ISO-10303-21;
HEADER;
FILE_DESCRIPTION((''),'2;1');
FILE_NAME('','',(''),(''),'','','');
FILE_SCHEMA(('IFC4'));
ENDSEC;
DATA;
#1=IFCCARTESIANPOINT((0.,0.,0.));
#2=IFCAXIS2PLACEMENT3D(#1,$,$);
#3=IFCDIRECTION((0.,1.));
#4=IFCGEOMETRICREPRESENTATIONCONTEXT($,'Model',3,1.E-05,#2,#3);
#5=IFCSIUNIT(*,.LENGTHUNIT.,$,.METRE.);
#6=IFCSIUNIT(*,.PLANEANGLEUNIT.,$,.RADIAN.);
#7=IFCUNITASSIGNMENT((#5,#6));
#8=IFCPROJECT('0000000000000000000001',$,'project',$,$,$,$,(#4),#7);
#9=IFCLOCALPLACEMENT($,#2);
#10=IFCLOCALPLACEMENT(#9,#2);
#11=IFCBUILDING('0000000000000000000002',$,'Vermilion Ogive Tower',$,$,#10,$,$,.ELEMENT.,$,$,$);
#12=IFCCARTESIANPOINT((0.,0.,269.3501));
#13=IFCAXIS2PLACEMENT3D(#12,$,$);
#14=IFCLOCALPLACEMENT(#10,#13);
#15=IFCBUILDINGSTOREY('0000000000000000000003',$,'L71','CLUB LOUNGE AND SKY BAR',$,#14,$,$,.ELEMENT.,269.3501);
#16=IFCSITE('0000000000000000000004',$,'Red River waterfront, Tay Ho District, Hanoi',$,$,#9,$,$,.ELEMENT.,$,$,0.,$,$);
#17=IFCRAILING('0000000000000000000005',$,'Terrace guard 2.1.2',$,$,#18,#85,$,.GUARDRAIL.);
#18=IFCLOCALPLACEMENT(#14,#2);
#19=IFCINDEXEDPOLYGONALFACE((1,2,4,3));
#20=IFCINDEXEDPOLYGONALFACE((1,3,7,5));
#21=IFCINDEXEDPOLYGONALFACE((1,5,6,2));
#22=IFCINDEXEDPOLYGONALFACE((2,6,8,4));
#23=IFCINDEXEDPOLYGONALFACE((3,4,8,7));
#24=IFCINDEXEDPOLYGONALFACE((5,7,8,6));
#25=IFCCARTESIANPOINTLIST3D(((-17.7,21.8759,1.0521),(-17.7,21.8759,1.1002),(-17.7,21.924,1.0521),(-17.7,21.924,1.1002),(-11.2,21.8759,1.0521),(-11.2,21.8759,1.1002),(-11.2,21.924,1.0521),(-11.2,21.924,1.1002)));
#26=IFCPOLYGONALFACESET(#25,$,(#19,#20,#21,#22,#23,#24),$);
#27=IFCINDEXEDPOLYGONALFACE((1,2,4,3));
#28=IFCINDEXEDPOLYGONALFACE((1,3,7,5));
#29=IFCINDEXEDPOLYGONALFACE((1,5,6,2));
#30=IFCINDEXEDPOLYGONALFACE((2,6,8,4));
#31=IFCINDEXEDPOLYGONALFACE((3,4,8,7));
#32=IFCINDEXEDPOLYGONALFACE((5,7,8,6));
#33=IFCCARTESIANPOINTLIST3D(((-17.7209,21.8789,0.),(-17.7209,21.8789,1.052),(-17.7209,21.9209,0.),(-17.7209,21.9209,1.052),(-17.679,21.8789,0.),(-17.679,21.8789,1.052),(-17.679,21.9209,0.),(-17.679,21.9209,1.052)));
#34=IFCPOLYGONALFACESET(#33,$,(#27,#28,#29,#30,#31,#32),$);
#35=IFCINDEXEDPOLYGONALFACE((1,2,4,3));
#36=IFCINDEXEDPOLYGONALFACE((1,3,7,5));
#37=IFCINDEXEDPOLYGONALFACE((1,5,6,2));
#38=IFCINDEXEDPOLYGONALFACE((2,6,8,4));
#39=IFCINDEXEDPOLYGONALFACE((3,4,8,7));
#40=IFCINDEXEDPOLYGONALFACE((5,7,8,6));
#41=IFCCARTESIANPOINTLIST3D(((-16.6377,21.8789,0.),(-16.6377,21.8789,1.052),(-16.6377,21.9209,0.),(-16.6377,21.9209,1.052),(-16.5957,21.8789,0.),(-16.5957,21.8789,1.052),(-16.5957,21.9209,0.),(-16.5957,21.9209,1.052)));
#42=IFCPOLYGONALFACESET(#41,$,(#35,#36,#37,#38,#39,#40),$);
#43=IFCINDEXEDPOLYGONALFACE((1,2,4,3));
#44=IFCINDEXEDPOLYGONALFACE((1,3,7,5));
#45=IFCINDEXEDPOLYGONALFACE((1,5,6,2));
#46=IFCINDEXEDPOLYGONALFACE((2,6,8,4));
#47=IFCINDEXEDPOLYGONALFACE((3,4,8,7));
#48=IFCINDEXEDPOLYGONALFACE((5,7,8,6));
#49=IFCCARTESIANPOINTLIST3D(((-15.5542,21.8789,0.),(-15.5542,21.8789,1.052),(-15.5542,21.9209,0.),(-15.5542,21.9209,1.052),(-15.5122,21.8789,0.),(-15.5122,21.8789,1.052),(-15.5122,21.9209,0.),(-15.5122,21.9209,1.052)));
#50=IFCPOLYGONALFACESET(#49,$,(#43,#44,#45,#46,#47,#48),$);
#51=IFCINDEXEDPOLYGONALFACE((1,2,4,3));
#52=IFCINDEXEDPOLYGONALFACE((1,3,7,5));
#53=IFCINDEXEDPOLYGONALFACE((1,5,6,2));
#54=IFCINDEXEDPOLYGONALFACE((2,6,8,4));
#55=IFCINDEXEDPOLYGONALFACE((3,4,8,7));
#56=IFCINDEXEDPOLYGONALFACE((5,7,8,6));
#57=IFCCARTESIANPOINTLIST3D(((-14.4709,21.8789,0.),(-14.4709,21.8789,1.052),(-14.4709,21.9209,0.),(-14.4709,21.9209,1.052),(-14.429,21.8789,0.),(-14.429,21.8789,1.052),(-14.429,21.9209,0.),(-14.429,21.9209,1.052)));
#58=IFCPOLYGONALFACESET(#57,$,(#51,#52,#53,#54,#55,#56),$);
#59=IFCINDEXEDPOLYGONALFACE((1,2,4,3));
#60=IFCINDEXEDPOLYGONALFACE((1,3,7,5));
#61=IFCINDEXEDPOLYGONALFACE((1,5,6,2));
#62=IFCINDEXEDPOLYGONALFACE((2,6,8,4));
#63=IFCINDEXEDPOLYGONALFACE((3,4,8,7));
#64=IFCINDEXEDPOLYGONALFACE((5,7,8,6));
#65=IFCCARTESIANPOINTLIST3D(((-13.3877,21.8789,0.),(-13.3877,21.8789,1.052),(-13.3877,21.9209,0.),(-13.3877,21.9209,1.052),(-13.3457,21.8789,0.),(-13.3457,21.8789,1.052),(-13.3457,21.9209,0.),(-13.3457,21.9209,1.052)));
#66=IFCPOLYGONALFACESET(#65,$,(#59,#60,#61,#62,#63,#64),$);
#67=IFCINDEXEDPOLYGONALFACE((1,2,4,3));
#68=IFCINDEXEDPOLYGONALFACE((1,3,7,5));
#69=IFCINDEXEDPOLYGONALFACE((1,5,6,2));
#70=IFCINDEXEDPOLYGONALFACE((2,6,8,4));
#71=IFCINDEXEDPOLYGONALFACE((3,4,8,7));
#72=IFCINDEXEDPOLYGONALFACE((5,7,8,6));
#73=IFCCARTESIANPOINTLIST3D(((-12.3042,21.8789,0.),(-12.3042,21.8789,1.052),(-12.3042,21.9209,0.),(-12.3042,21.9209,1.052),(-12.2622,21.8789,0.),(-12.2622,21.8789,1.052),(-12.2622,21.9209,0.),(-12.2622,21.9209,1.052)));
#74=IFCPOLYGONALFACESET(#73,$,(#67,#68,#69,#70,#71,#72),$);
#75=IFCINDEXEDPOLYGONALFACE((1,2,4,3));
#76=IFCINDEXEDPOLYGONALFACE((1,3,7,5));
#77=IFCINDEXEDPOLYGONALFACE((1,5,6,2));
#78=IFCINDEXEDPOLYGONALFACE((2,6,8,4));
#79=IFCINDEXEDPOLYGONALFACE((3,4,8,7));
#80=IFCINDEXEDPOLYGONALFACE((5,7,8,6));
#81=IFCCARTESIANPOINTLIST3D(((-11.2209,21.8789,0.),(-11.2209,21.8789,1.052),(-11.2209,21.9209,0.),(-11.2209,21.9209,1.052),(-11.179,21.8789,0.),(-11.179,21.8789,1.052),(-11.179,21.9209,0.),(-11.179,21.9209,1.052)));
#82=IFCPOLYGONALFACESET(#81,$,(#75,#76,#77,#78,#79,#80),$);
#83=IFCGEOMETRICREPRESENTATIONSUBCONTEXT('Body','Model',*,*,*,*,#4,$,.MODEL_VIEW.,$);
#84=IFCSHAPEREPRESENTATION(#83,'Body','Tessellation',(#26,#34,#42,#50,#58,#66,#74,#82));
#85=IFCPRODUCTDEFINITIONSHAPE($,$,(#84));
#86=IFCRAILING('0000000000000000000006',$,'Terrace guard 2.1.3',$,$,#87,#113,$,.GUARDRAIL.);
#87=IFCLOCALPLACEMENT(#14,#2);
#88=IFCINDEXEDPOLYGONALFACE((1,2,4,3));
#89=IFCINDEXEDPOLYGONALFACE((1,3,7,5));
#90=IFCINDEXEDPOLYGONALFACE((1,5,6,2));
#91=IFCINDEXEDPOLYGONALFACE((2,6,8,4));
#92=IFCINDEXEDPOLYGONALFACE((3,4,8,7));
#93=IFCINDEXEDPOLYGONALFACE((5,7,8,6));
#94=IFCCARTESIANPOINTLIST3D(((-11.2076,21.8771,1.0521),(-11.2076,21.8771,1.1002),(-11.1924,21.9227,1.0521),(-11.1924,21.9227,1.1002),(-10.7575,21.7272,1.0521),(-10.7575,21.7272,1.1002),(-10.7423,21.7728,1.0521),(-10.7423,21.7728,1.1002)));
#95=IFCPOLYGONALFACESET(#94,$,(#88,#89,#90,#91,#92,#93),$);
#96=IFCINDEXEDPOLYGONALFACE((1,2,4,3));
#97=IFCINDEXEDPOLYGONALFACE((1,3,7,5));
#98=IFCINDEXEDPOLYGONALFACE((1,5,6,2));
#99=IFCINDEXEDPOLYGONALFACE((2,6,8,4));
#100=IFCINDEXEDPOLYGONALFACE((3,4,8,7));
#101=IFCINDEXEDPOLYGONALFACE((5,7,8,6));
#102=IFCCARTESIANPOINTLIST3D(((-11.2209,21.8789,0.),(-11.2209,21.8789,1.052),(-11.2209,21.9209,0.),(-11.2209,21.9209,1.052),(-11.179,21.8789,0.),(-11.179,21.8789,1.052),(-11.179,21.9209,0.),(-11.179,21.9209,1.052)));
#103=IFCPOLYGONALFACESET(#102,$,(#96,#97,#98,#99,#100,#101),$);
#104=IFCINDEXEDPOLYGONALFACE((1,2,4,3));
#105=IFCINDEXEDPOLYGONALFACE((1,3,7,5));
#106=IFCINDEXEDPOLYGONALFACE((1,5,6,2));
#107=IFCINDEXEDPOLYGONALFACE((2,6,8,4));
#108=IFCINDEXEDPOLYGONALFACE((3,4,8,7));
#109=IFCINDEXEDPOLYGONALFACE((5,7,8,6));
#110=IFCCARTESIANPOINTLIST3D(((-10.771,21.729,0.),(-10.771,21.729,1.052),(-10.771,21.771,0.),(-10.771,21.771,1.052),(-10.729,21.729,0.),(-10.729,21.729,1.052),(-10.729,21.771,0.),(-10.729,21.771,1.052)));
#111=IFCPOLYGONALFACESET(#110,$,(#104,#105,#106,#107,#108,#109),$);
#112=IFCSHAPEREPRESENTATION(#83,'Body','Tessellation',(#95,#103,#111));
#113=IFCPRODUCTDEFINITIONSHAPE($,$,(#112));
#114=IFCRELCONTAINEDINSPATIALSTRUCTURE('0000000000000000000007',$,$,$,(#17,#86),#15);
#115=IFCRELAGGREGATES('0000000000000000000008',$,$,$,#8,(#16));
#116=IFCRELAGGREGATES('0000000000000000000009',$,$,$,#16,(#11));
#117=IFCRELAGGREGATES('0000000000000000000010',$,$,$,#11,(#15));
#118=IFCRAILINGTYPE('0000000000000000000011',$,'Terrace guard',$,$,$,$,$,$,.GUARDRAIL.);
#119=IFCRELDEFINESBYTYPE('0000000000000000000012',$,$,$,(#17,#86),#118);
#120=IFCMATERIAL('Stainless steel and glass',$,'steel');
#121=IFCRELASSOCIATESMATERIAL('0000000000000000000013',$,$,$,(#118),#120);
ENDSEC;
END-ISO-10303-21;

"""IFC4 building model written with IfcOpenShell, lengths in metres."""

from ifc_helpers import new_model, si_unit, direction, frame, origin, origin_2d, place, context, subcontext, project, spatial, rectangle, extrude, material, type_object, element, save


model = new_model("IFC4")

# Units and contexts
model_context = context("Model", 3, precision=1e-05, world=origin(), true_north=direction((0.0, 1.0)))
body_context = subcontext(model_context, "Body", "Model", "MODEL_VIEW")
ifc_project = project(units=[si_unit("LENGTHUNIT", "METRE"), si_unit("PLANEANGLEUNIT", "RADIAN")], contexts=[model_context])

# Site, building, storey
site_placement = place(None, origin())
site = spatial("IfcSite", under=ifc_project, at=site_placement, Name="Red River waterfront, Tay Ho District, Hanoi", CompositionType="ELEMENT", RefElevation=0.0)
building_placement = place(site_placement, origin())
building = spatial("IfcBuilding", under=site, at=building_placement, Name="Vermilion Ogive Tower", CompositionType="ELEMENT")
storey_placement = place(building_placement, frame((0.0, 0.0, 269.3501)))
storey = spatial("IfcBuildingStorey", under=building, at=storey_placement, Name="L71", Description="CLUB LOUNGE AND SKY BAR", CompositionType="ELEMENT", Elevation=269.3501)

# Railings
ifc_material_1 = material(Name="Stainless steel and glass", Category="steel")
railing_type = type_object("IfcRailingType", Name="Terrace guard", PredefinedType="GUARDRAIL", material=ifc_material_1)
railing_1_placement = place(storey_placement, frame((-17.7, 21.8999, 0.0)))
element("IfcRailing", 1, at=railing_1_placement, inside=storey, type_object=railing_type, Name="Terrace guard 2.1.2", PredefinedType="GUARDRAIL", context=body_context, shape_type="SweptSolid", body=[
    extrude(rectangle(XDim=0.0481, YDim=0.0481, at=origin_2d()), frame((0.0, 0.0, 1.0762), z_axis=(1.0, 0.0, 0.0), x_axis=(0.0, 1.0, 0.0)), (0.0, 0.0, 1.0), 6.5),
    extrude(rectangle(XDim=0.042, YDim=0.042, at=origin_2d()), origin(), (0.0, 0.0, 1.0), 1.052),
    extrude(rectangle(XDim=0.042, YDim=0.042, at=origin_2d()), frame((1.0833, 0.0, 0.0)), (0.0, 0.0, 1.0), 1.052),
    extrude(rectangle(XDim=0.042, YDim=0.042, at=origin_2d()), frame((2.1667, 0.0, 0.0)), (0.0, 0.0, 1.0), 1.052),
    extrude(rectangle(XDim=0.042, YDim=0.042, at=origin_2d()), frame((3.25, 0.0, 0.0)), (0.0, 0.0, 1.0), 1.052),
    extrude(rectangle(XDim=0.042, YDim=0.042, at=origin_2d()), frame((4.3333, 0.0, 0.0)), (0.0, 0.0, 1.0), 1.052),
    extrude(rectangle(XDim=0.042, YDim=0.042, at=origin_2d()), frame((5.4167, 0.0, 0.0)), (0.0, 0.0, 1.0), 1.052),
    extrude(rectangle(XDim=0.042, YDim=0.042, at=origin_2d()), frame((6.5, 0.0, 0.0)), (0.0, 0.0, 1.0), 1.052),
])
railing_2_placement = place(storey_placement, frame((-11.2, 21.8999, 0.0)))
element("IfcRailing", 2, at=railing_2_placement, inside=storey, type_object=railing_type, Name="Terrace guard 2.1.3", PredefinedType="GUARDRAIL", context=body_context, shape_type="SweptSolid", body=[
    extrude(rectangle(XDim=0.0481, YDim=0.0481, at=origin_2d()), frame((0.0, 0.0, 1.0762), z_axis=(0.948735, -0.316073, 0.0), x_axis=(0.316073, 0.948735, 0.0)), (0.0, 0.0, 1.0), 0.4744),
    extrude(rectangle(XDim=0.042, YDim=0.042, at=origin_2d()), origin(), (0.0, 0.0, 1.0), 1.052),
    extrude(rectangle(XDim=0.042, YDim=0.042, at=origin_2d()), frame((0.45, -0.1499, 0.0)), (0.0, 0.0, 1.0), 1.052),
])

save(model, "model.ifc")
